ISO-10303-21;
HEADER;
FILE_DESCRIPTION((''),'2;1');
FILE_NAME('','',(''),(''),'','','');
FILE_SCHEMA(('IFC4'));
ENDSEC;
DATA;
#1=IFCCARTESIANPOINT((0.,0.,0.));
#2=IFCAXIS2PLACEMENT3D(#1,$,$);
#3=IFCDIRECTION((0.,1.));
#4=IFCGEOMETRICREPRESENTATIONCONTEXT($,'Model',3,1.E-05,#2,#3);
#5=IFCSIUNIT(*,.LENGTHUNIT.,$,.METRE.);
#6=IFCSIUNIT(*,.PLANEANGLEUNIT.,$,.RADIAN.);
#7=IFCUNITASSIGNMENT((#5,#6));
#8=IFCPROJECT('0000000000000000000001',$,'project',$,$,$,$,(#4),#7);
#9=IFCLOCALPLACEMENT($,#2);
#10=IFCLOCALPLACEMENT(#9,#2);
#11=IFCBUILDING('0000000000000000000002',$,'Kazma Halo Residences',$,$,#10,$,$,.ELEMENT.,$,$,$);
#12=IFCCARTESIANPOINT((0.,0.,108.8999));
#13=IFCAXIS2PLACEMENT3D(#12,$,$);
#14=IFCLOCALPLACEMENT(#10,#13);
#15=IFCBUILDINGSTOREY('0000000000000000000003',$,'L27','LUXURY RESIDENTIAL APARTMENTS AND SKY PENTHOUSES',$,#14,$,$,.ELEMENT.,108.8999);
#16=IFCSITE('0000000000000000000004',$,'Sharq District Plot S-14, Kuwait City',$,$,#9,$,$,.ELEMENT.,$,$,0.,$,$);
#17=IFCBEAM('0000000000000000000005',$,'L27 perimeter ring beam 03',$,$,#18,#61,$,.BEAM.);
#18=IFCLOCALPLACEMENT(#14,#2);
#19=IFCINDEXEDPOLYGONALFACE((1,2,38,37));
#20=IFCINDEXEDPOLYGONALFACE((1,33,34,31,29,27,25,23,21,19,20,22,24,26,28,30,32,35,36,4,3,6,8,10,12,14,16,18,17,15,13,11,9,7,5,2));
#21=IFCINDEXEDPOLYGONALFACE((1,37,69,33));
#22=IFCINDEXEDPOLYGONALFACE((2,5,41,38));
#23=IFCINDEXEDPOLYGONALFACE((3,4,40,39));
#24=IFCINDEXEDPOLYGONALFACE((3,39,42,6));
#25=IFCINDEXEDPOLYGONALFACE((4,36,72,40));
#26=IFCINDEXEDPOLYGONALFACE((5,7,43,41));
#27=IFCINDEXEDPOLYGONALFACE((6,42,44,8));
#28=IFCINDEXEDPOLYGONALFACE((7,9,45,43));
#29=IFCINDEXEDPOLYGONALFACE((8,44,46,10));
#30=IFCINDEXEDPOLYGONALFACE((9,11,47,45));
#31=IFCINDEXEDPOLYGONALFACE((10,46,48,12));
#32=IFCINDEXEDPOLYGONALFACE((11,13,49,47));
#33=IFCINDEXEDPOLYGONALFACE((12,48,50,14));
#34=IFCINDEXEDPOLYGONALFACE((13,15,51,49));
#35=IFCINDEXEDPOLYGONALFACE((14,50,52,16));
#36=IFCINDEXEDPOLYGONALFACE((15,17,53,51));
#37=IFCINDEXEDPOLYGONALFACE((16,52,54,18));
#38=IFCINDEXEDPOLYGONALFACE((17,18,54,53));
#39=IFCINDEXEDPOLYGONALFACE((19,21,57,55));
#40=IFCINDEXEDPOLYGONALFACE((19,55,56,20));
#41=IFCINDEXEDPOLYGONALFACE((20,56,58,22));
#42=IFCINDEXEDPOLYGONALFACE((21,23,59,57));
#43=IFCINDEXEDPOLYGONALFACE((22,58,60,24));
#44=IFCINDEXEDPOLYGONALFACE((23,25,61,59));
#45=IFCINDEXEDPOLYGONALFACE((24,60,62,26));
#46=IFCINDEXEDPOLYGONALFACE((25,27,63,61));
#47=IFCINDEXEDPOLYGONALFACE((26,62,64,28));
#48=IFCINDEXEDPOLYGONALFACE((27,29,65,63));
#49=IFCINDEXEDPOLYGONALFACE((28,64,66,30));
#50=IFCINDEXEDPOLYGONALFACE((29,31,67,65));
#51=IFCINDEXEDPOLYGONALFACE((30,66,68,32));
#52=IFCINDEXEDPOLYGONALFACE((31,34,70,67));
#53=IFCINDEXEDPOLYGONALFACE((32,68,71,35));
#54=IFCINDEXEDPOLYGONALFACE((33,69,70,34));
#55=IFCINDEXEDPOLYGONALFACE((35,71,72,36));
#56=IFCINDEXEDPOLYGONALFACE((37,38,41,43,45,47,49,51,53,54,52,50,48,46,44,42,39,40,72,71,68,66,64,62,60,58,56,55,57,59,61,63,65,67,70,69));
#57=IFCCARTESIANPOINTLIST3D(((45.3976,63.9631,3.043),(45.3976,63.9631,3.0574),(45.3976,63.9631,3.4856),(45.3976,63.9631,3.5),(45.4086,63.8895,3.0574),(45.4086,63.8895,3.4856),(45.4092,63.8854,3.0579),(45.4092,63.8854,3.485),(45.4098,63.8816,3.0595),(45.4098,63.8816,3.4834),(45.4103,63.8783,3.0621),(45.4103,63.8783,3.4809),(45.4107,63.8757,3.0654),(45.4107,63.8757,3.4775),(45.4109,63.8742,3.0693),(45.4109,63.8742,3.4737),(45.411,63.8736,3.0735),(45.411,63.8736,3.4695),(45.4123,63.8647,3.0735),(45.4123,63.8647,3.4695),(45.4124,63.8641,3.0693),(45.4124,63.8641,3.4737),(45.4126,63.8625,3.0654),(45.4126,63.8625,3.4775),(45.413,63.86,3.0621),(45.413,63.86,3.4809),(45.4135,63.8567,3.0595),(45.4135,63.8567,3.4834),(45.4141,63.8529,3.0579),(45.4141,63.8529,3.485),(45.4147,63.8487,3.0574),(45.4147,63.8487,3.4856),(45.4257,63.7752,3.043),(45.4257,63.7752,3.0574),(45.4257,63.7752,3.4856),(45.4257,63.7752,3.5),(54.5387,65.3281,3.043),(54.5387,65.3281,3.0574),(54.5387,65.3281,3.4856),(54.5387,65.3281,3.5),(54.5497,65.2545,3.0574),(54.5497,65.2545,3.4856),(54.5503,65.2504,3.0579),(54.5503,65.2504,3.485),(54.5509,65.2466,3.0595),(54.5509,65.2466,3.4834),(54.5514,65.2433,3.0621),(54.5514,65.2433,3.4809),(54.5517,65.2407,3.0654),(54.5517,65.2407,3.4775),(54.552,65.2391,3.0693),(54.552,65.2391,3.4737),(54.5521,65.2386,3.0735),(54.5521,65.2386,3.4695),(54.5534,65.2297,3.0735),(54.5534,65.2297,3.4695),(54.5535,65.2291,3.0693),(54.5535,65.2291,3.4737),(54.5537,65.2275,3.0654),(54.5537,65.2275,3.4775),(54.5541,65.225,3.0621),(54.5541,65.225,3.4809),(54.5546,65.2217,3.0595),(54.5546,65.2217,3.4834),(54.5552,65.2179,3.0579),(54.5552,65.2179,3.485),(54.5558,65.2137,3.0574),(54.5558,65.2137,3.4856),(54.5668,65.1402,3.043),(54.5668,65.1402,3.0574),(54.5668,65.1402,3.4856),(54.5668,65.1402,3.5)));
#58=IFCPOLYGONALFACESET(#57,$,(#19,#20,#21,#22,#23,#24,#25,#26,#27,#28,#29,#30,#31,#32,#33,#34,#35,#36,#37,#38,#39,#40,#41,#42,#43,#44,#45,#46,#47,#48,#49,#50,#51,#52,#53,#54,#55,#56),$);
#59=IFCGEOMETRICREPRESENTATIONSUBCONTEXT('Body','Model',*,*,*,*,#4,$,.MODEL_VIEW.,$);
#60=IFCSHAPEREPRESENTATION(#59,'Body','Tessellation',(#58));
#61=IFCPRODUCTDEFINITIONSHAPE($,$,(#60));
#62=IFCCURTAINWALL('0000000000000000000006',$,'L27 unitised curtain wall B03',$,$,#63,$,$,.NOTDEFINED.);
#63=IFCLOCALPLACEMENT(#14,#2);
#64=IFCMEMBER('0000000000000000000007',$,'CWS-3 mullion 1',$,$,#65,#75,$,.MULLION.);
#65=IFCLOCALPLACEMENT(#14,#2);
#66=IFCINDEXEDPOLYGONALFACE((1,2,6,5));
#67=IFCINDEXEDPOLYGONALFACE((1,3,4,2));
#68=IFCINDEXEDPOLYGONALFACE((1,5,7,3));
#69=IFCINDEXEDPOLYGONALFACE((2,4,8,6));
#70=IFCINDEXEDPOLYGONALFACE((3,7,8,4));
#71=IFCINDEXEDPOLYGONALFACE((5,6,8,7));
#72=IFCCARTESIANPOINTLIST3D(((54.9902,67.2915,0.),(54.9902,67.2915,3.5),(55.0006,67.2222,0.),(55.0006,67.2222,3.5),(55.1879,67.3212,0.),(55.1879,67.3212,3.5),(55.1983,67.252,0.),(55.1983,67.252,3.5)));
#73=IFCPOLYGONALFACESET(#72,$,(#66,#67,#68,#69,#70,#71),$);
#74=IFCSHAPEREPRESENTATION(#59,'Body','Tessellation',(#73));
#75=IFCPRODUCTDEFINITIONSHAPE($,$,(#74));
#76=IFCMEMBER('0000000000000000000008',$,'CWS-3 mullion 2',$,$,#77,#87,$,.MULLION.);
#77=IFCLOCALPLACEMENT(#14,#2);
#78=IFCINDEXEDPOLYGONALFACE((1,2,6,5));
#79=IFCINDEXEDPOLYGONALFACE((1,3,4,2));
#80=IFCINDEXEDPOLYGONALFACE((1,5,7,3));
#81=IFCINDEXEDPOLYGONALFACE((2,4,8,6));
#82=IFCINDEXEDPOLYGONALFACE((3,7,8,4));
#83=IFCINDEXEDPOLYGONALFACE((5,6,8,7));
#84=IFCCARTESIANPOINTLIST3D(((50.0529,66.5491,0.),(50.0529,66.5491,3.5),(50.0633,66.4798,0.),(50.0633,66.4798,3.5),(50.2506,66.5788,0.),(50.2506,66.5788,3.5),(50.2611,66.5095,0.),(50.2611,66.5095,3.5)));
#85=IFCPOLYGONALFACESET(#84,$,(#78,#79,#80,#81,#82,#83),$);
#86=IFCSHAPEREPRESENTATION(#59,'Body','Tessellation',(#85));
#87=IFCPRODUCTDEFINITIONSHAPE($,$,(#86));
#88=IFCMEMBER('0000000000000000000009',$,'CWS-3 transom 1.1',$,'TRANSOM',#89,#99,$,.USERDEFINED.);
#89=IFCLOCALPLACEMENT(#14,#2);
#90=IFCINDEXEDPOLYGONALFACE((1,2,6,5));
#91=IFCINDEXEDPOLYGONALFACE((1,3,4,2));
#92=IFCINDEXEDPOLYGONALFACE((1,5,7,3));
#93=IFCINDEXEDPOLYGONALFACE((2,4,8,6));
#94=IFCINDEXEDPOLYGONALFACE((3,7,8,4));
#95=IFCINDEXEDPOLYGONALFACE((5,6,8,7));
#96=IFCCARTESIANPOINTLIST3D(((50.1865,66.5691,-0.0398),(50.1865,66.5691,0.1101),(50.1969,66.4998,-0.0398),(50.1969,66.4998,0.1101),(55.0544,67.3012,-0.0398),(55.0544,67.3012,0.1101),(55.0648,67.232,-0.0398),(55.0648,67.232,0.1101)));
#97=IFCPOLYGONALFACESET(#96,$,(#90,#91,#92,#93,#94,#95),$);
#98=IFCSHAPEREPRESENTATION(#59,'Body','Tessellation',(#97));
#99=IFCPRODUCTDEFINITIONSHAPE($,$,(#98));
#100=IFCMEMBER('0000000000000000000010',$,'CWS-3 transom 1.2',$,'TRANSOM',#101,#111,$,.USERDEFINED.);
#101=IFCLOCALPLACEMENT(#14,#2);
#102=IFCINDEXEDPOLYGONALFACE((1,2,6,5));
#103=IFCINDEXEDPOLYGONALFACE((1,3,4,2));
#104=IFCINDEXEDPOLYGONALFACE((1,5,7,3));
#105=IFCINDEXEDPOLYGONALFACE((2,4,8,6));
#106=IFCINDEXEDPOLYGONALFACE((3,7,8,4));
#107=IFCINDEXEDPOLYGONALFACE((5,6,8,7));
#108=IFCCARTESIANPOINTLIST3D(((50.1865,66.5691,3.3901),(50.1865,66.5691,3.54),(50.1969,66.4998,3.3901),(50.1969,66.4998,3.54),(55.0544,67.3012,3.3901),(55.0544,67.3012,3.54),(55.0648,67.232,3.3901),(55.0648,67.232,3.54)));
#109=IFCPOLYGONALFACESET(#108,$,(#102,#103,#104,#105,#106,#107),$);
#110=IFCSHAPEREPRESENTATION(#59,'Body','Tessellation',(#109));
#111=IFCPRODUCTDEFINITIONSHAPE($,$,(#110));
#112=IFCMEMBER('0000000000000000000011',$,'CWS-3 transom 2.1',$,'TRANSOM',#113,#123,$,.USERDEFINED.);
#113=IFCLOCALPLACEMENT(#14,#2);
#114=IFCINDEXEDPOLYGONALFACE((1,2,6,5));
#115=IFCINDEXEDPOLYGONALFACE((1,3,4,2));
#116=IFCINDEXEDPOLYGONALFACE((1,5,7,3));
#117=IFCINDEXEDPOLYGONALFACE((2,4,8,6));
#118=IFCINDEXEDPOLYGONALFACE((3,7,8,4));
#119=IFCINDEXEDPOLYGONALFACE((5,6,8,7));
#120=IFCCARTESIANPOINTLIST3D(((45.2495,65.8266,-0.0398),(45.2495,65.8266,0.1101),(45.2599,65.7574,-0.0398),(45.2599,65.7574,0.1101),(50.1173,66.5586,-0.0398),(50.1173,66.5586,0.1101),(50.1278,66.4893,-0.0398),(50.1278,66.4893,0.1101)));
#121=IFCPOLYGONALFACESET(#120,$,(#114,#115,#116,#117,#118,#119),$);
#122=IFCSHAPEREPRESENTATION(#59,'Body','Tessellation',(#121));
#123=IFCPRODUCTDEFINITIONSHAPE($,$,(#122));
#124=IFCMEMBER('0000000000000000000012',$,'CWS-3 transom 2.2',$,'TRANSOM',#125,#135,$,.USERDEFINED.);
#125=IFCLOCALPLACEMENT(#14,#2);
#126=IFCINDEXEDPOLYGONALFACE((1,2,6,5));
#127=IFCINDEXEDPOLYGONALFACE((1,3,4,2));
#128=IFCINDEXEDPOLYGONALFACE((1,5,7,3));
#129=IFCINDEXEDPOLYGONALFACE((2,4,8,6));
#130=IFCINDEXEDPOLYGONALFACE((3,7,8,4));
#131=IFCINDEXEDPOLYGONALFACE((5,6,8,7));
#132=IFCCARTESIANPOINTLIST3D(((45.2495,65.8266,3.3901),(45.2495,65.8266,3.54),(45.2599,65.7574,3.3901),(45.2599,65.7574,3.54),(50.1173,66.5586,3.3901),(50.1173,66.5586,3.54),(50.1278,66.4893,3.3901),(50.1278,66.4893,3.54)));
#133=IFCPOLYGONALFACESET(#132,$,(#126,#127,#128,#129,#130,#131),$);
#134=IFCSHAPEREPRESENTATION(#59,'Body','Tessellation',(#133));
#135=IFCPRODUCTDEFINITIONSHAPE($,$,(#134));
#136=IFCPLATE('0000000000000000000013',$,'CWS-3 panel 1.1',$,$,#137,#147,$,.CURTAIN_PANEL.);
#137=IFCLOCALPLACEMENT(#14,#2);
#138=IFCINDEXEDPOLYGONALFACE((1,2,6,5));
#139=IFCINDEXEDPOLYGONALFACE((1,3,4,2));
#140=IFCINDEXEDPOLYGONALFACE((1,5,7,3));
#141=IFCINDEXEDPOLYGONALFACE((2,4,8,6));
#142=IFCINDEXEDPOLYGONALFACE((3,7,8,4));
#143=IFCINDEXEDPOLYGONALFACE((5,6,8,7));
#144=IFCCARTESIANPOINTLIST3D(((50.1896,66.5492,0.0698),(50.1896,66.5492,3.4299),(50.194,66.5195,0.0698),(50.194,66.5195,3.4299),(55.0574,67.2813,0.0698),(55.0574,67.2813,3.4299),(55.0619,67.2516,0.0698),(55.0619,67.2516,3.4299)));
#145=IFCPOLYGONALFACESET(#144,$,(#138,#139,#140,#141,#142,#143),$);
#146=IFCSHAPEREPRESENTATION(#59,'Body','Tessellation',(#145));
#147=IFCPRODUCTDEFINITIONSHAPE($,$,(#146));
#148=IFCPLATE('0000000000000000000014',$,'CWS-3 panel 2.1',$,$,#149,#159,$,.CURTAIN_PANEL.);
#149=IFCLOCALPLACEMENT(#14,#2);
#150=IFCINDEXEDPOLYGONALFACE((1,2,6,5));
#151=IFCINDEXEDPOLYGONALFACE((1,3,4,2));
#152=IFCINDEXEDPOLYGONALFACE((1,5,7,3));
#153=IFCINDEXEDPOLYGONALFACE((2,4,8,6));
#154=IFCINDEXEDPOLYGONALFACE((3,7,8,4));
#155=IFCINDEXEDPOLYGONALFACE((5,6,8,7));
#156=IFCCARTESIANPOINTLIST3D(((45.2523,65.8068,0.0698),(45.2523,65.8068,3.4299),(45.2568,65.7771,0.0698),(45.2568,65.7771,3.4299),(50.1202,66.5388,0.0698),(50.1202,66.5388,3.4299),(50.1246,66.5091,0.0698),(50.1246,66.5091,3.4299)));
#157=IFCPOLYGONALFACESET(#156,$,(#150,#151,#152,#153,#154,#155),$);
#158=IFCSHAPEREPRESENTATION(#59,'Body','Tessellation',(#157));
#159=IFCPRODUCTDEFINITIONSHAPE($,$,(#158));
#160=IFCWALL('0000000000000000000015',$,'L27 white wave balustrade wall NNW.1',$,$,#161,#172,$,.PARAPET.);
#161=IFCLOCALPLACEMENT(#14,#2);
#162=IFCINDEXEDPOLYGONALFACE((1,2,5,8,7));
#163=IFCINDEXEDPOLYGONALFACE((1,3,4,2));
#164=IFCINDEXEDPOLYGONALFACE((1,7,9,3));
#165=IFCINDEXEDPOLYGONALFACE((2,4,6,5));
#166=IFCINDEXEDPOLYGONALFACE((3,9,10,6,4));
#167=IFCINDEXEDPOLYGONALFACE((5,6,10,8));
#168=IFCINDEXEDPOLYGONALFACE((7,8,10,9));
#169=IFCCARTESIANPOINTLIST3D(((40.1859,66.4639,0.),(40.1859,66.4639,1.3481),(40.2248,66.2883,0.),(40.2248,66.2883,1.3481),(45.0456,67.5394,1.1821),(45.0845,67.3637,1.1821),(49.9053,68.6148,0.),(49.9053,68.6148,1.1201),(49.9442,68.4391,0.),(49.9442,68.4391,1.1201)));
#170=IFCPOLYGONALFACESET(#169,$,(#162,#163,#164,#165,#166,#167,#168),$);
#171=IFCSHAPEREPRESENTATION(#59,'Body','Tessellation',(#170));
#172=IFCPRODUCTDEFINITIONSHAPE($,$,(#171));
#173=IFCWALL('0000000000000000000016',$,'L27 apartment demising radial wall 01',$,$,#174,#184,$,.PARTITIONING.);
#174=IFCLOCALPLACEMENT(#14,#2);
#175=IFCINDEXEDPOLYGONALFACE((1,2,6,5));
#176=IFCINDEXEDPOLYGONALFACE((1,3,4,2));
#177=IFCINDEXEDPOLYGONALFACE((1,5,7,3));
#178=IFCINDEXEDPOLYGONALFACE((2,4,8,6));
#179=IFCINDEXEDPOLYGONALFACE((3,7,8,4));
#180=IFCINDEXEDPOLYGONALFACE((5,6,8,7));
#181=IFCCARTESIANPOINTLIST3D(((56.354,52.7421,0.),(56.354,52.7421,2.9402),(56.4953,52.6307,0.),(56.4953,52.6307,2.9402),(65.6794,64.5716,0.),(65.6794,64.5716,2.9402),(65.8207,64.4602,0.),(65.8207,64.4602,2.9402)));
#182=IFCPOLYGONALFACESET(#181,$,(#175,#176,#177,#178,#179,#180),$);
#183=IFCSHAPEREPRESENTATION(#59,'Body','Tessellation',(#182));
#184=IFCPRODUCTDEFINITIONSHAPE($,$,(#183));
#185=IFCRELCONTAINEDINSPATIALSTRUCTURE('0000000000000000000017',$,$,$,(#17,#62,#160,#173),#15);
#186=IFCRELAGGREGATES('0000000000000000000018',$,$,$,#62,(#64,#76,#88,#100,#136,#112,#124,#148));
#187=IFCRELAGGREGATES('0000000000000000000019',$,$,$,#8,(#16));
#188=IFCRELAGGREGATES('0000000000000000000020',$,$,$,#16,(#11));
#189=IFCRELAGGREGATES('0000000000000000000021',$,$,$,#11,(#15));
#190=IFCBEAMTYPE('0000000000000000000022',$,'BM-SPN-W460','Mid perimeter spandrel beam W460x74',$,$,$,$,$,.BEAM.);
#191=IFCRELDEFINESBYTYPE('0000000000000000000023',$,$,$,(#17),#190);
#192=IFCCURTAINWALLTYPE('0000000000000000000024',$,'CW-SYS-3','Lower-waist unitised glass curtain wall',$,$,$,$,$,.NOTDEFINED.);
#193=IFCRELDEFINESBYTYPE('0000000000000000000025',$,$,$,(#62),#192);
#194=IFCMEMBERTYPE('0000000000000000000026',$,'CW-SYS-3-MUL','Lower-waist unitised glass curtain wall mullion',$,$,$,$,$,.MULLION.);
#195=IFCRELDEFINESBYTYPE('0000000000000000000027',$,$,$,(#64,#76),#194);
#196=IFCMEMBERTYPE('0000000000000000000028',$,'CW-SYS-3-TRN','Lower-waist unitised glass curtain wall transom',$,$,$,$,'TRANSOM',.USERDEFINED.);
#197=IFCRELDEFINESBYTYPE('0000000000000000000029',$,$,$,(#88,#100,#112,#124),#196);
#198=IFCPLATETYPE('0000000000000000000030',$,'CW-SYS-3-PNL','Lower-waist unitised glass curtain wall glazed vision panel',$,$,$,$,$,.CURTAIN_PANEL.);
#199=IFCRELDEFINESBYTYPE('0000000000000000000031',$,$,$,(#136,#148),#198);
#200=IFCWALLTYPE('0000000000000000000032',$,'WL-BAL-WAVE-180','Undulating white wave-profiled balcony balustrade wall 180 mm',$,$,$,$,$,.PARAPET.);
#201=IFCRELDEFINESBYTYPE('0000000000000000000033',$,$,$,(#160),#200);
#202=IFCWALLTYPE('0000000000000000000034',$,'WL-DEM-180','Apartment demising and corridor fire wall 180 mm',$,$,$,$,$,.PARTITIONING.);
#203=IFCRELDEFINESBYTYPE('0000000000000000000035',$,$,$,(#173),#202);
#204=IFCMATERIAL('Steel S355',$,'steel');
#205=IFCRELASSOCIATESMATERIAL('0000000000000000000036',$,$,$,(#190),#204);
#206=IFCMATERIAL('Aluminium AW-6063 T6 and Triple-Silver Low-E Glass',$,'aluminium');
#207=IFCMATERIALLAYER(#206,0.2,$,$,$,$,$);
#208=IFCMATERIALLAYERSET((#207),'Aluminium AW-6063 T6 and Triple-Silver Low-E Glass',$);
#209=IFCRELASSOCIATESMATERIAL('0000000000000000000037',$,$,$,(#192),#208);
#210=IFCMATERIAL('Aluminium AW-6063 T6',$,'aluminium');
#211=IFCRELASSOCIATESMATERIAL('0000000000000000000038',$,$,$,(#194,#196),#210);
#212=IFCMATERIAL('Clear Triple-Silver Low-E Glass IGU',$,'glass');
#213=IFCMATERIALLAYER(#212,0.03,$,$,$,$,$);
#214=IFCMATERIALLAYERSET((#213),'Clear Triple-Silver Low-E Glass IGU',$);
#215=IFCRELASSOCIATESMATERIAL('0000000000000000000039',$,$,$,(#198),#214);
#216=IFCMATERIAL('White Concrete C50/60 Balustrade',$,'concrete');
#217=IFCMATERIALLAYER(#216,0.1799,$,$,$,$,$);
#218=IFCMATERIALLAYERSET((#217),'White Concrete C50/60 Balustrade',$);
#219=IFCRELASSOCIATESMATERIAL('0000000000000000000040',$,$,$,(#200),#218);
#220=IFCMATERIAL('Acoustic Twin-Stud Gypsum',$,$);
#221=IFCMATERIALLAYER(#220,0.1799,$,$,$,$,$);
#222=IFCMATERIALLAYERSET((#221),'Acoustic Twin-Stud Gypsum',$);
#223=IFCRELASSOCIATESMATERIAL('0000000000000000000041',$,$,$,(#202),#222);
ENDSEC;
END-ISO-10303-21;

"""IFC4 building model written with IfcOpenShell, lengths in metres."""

from ifc_helpers import new_model, si_unit, direction, frame, frame_2d, origin, origin_2d, place, context, subcontext, project, spatial, polyline, rectangle, i_section, outline, extrude, material, layer, layer_set, material_profile, profile_set, type_object, element, aggregate, save


model = new_model("IFC4")

# Units and contexts
model_context = context("Model", 3, precision=1e-05, world=origin(), true_north=direction((0.0, 1.0)))
body_context = subcontext(model_context, "Body", "Model", "MODEL_VIEW")
ifc_project = project(units=[si_unit("LENGTHUNIT", "METRE"), si_unit("PLANEANGLEUNIT", "RADIAN")], contexts=[model_context])

# Site, building, storey
site_placement = place(None, origin())
site = spatial("IfcSite", under=ifc_project, at=site_placement, Name="Sharq District Plot S-14, Kuwait City", CompositionType="ELEMENT", RefElevation=0.0)
building_placement = place(site_placement, origin())
building = spatial("IfcBuilding", under=site, at=building_placement, Name="Kazma Halo Residences", CompositionType="ELEMENT")
storey_placement = place(building_placement, frame((0.0, 0.0, 108.8999)))
storey = spatial("IfcBuildingStorey", under=building, at=storey_placement, Name="L27", Description="LUXURY RESIDENTIAL APARTMENTS AND SKY PENTHOUSES", CompositionType="ELEMENT", Elevation=108.8999)

# Beam
ifc_material_1 = material(Name="Steel S355", Category="steel")
ifc_material_profile_1 = material_profile(ifc_material_1, i_section(OverallWidth=0.1899, OverallDepth=0.457, WebThickness=0.009, FlangeThickness=0.0144, FilletRadius=0.0161, at=origin_2d()), Name="W460x74")
ifc_profile_set_1 = profile_set([ifc_material_profile_1], Name="Steel S355")
beam_type_1 = type_object("IfcBeamType", Name="BM-SPN-W460", Description="Mid perimeter spandrel beam W460x74", PredefinedType="BEAM", material=ifc_profile_set_1)
beam_1_placement = place(storey_placement, frame((54.5527, 65.2341, 3.2715), z_axis=(-0.989034, -0.147687, 0.0), x_axis=(0.147687, -0.989034, 0.0)))
element("IfcBeam", 1, at=beam_1_placement, inside=storey, type_object=beam_type_1, Name="L27 perimeter ring beam 03", PredefinedType="BEAM", context=body_context, shape_type="SweptSolid", body=[
    extrude(i_section(OverallWidth=0.1899, OverallDepth=0.457, WebThickness=0.009, FlangeThickness=0.0144, FilletRadius=0.0161, at=origin_2d()), origin(), (0.0, 0.0, 1.0), 9.2424),
])

# Curtain wall, members, plates
ifc_material_2 = material(Name="Aluminium AW-6063 T6 and Triple-Silver Low-E Glass", Category="aluminium")
ifc_layer_1 = layer(ifc_material_2, 0.2)
ifc_layer_set_1 = layer_set([ifc_layer_1], Name="Aluminium AW-6063 T6 and Triple-Silver Low-E Glass")
curtain_wall_type = type_object("IfcCurtainWallType", Name="CW-SYS-3", Description="Lower-waist unitised glass curtain wall", PredefinedType="NOTDEFINED", material=ifc_layer_set_1)
curtain_wall_placement = place(storey_placement, origin())
curtain_wall = element("IfcCurtainWall", 2, at=curtain_wall_placement, inside=storey, type_object=curtain_wall_type, Name="L27 unitised curtain wall B03", PredefinedType="NOTDEFINED")
ifc_material_3 = material(Name="Aluminium AW-6063 T6", Category="aluminium")
ifc_material_profile_2 = material_profile(ifc_material_3, rectangle(XDim=0.0701, YDim=0.2, at=origin_2d()), Name="CWM-70x200")
ifc_profile_set_2 = profile_set([ifc_material_profile_2], Name="Aluminium AW-6063 T6")
member_type_1 = type_object("IfcMemberType", Name="CW-SYS-3-MUL", Description="Lower-waist unitised glass curtain wall mullion", PredefinedType="MULLION", material=ifc_profile_set_2)
member_1_placement = place(storey_placement, frame((55.0942, 67.2717, 0.0), z_axis=(0.0, 0.0, 1.0), x_axis=(0.148717, -0.98888, 0.0)))
member_1 = element("IfcMember", 3, at=member_1_placement, type_object=member_type_1, Name="CWS-3 mullion 1", PredefinedType="MULLION", context=body_context, shape_type="SweptSolid", body=[
    extrude(rectangle(XDim=0.0701, YDim=0.2, at=origin_2d()), origin(), (0.0, 0.0, 1.0), 3.5),
])
member_2_placement = place(storey_placement, frame((50.157, 66.5293, 0.0), z_axis=(0.0, 0.0, 1.0), x_axis=(0.148717, -0.98888, 0.0)))
member_2 = element("IfcMember", 4, at=member_2_placement, type_object=member_type_1, Name="CWS-3 mullion 2", PredefinedType="MULLION", context=body_context, shape_type="SweptSolid", body=[
    extrude(rectangle(XDim=0.0701, YDim=0.2, at=origin_2d()), origin(), (0.0, 0.0, 1.0), 3.5),
])
ifc_material_profile_3 = material_profile(ifc_material_3, rectangle(XDim=0.0701, YDim=0.1499, at=origin_2d()), Name="CWT-70x150")
ifc_profile_set_3 = profile_set([ifc_material_profile_3], Name="Aluminium AW-6063 T6")
member_type_2 = type_object("IfcMemberType", Name="CW-SYS-3-TRN", Description="Lower-waist unitised glass curtain wall transom", ElementType="TRANSOM", PredefinedType="USERDEFINED", material=ifc_profile_set_3)
member_3_placement = place(storey_placement, frame((55.0596, 67.2666, 0.0352), z_axis=(-0.988877, -0.148736, 0.0), x_axis=(0.148736, -0.988877, 0.0)))
member_3 = element("IfcMember", 5, at=member_3_placement, type_object=member_type_2, Name="CWS-3 transom 1.1", ObjectType="TRANSOM", PredefinedType="USERDEFINED", context=body_context, shape_type="SweptSolid", body=[
    extrude(rectangle(XDim=0.0701, YDim=0.1499, at=origin_2d()), origin(), (0.0, 0.0, 1.0), 4.9226),
])
member_4_placement = place(storey_placement, frame((55.0596, 67.2666, 3.4651), z_axis=(-0.988877, -0.148736, 0.0), x_axis=(0.148736, -0.988877, 0.0)))
member_4 = element("IfcMember", 6, at=member_4_placement, type_object=member_type_2, Name="CWS-3 transom 1.2", ObjectType="TRANSOM", PredefinedType="USERDEFINED", context=body_context, shape_type="SweptSolid", body=[
    extrude(rectangle(XDim=0.0701, YDim=0.1499, at=origin_2d()), origin(), (0.0, 0.0, 1.0), 4.9226),
])
member_5_placement = place(storey_placement, frame((50.1226, 66.5239, 0.0352), z_axis=(-0.988884, -0.148687, 0.0), x_axis=(0.148687, -0.988884, 0.0)))
member_5 = element("IfcMember", 7, at=member_5_placement, type_object=member_type_2, Name="CWS-3 transom 2.1", ObjectType="TRANSOM", PredefinedType="USERDEFINED", context=body_context, shape_type="SweptSolid", body=[
    extrude(rectangle(XDim=0.0701, YDim=0.1499, at=origin_2d()), origin(), (0.0, 0.0, 1.0), 4.9226),
])
member_6_placement = place(storey_placement, frame((50.1226, 66.5239, 3.4651), z_axis=(-0.988884, -0.148687, 0.0), x_axis=(0.148687, -0.988884, 0.0)))
member_6 = element("IfcMember", 8, at=member_6_placement, type_object=member_type_2, Name="CWS-3 transom 2.2", ObjectType="TRANSOM", PredefinedType="USERDEFINED", context=body_context, shape_type="SweptSolid", body=[
    extrude(rectangle(XDim=0.0701, YDim=0.1499, at=origin_2d()), origin(), (0.0, 0.0, 1.0), 4.9226),
])
ifc_material_4 = material(Name="Clear Triple-Silver Low-E Glass IGU", Category="glass")
ifc_layer_2 = layer(ifc_material_4, 0.03)
ifc_layer_set_2 = layer_set([ifc_layer_2], Name="Clear Triple-Silver Low-E Glass IGU")
plate_type = type_object("IfcPlateType", Name="CW-SYS-3-PNL", Description="Lower-waist unitised glass curtain wall glazed vision panel", PredefinedType="CURTAIN_PANEL", material=ifc_layer_set_2)
plate_1_placement = place(storey_placement, frame((52.6257, 66.9004, 0.0698), z_axis=(0.0, 0.0, 1.0), x_axis=(-0.98888, -0.148717, 0.0)))
plate_1 = element("IfcPlate", 9, at=plate_1_placement, type_object=plate_type, Name="CWS-3 panel 1.1", PredefinedType="CURTAIN_PANEL", context=body_context, shape_type="SweptSolid", body=[
    extrude(rectangle(XDim=4.9226, YDim=0.03, at=origin_2d()), origin(), (0.0, 0.0, 1.0), 3.3601),
])
plate_2_placement = place(storey_placement, frame((47.6885, 66.158, 0.0698), z_axis=(0.0, 0.0, 1.0), x_axis=(-0.98888, -0.148717, 0.0)))
plate_2 = element("IfcPlate", 10, at=plate_2_placement, type_object=plate_type, Name="CWS-3 panel 2.1", PredefinedType="CURTAIN_PANEL", context=body_context, shape_type="SweptSolid", body=[
    extrude(rectangle(XDim=4.9226, YDim=0.03, at=origin_2d()), origin(), (0.0, 0.0, 1.0), 3.3601),
])
aggregate(curtain_wall, [member_1, member_2, member_3, member_4, plate_1, member_5, member_6, plate_2])

# Walls
ifc_material_5 = material(Name="White Concrete C50/60 Balustrade", Category="concrete")
ifc_layer_3 = layer(ifc_material_5, 0.1799)
ifc_layer_set_3 = layer_set([ifc_layer_3], Name="White Concrete C50/60 Balustrade")
wall_type_1 = type_object("IfcWallType", Name="WL-BAL-WAVE-180", Description="Undulating white wave-profiled balcony balustrade wall 180 mm", PredefinedType="PARAPET", material=ifc_layer_set_3)
wall_1_placement = place(storey_placement, frame((49.9248, 68.5269, 0.0), z_axis=(0.0, 0.0, 1.0), x_axis=(-0.976378, -0.216068, 0.0)))
element("IfcWall", 11, at=wall_1_placement, inside=storey, type_object=wall_type_1, Name="L27 white wave balustrade wall NNW.1", PredefinedType="PARAPET", context=body_context, shape_type="SweptSolid", body=[
    extrude(outline(polyline([(0.0, 0.0), (9.9546, 0.0), (9.9546, 1.3481), (4.9773, 1.1821), (0.0, 1.1201), (0.0, 0.0)])), frame((0.0, 0.0898, 0.0), z_axis=(0.0, -1.0, 0.0), x_axis=(1.0, 0.0, 0.0)), (0.0, 0.0, 1.0), 0.1799),
])
ifc_material_6 = material(Name="Acoustic Twin-Stud Gypsum")
ifc_layer_4 = layer(ifc_material_6, 0.1799)
ifc_layer_set_4 = layer_set([ifc_layer_4], Name="Acoustic Twin-Stud Gypsum")
wall_type_2 = type_object("IfcWallType", Name="WL-DEM-180", Description="Apartment demising and corridor fire wall 180 mm", PredefinedType="PARTITIONING", material=ifc_layer_set_4)
wall_2_placement = place(storey_placement, frame((56.4246, 52.6863, 0.0), z_axis=(0.0, 0.0, 1.0), x_axis=(0.619083, 0.785325, 0.0)))
element("IfcWall", 12, at=wall_2_placement, inside=storey, type_object=wall_type_2, Name="L27 apartment demising radial wall 01", PredefinedType="PARTITIONING", context=body_context, shape_type="SweptSolid", body=[
    extrude(rectangle(XDim=15.0632, YDim=0.1799, at=frame_2d((7.5317, 0.0))), origin(), (0.0, 0.0, 1.0), 2.9402),
])

save(model, "model.ifc")
